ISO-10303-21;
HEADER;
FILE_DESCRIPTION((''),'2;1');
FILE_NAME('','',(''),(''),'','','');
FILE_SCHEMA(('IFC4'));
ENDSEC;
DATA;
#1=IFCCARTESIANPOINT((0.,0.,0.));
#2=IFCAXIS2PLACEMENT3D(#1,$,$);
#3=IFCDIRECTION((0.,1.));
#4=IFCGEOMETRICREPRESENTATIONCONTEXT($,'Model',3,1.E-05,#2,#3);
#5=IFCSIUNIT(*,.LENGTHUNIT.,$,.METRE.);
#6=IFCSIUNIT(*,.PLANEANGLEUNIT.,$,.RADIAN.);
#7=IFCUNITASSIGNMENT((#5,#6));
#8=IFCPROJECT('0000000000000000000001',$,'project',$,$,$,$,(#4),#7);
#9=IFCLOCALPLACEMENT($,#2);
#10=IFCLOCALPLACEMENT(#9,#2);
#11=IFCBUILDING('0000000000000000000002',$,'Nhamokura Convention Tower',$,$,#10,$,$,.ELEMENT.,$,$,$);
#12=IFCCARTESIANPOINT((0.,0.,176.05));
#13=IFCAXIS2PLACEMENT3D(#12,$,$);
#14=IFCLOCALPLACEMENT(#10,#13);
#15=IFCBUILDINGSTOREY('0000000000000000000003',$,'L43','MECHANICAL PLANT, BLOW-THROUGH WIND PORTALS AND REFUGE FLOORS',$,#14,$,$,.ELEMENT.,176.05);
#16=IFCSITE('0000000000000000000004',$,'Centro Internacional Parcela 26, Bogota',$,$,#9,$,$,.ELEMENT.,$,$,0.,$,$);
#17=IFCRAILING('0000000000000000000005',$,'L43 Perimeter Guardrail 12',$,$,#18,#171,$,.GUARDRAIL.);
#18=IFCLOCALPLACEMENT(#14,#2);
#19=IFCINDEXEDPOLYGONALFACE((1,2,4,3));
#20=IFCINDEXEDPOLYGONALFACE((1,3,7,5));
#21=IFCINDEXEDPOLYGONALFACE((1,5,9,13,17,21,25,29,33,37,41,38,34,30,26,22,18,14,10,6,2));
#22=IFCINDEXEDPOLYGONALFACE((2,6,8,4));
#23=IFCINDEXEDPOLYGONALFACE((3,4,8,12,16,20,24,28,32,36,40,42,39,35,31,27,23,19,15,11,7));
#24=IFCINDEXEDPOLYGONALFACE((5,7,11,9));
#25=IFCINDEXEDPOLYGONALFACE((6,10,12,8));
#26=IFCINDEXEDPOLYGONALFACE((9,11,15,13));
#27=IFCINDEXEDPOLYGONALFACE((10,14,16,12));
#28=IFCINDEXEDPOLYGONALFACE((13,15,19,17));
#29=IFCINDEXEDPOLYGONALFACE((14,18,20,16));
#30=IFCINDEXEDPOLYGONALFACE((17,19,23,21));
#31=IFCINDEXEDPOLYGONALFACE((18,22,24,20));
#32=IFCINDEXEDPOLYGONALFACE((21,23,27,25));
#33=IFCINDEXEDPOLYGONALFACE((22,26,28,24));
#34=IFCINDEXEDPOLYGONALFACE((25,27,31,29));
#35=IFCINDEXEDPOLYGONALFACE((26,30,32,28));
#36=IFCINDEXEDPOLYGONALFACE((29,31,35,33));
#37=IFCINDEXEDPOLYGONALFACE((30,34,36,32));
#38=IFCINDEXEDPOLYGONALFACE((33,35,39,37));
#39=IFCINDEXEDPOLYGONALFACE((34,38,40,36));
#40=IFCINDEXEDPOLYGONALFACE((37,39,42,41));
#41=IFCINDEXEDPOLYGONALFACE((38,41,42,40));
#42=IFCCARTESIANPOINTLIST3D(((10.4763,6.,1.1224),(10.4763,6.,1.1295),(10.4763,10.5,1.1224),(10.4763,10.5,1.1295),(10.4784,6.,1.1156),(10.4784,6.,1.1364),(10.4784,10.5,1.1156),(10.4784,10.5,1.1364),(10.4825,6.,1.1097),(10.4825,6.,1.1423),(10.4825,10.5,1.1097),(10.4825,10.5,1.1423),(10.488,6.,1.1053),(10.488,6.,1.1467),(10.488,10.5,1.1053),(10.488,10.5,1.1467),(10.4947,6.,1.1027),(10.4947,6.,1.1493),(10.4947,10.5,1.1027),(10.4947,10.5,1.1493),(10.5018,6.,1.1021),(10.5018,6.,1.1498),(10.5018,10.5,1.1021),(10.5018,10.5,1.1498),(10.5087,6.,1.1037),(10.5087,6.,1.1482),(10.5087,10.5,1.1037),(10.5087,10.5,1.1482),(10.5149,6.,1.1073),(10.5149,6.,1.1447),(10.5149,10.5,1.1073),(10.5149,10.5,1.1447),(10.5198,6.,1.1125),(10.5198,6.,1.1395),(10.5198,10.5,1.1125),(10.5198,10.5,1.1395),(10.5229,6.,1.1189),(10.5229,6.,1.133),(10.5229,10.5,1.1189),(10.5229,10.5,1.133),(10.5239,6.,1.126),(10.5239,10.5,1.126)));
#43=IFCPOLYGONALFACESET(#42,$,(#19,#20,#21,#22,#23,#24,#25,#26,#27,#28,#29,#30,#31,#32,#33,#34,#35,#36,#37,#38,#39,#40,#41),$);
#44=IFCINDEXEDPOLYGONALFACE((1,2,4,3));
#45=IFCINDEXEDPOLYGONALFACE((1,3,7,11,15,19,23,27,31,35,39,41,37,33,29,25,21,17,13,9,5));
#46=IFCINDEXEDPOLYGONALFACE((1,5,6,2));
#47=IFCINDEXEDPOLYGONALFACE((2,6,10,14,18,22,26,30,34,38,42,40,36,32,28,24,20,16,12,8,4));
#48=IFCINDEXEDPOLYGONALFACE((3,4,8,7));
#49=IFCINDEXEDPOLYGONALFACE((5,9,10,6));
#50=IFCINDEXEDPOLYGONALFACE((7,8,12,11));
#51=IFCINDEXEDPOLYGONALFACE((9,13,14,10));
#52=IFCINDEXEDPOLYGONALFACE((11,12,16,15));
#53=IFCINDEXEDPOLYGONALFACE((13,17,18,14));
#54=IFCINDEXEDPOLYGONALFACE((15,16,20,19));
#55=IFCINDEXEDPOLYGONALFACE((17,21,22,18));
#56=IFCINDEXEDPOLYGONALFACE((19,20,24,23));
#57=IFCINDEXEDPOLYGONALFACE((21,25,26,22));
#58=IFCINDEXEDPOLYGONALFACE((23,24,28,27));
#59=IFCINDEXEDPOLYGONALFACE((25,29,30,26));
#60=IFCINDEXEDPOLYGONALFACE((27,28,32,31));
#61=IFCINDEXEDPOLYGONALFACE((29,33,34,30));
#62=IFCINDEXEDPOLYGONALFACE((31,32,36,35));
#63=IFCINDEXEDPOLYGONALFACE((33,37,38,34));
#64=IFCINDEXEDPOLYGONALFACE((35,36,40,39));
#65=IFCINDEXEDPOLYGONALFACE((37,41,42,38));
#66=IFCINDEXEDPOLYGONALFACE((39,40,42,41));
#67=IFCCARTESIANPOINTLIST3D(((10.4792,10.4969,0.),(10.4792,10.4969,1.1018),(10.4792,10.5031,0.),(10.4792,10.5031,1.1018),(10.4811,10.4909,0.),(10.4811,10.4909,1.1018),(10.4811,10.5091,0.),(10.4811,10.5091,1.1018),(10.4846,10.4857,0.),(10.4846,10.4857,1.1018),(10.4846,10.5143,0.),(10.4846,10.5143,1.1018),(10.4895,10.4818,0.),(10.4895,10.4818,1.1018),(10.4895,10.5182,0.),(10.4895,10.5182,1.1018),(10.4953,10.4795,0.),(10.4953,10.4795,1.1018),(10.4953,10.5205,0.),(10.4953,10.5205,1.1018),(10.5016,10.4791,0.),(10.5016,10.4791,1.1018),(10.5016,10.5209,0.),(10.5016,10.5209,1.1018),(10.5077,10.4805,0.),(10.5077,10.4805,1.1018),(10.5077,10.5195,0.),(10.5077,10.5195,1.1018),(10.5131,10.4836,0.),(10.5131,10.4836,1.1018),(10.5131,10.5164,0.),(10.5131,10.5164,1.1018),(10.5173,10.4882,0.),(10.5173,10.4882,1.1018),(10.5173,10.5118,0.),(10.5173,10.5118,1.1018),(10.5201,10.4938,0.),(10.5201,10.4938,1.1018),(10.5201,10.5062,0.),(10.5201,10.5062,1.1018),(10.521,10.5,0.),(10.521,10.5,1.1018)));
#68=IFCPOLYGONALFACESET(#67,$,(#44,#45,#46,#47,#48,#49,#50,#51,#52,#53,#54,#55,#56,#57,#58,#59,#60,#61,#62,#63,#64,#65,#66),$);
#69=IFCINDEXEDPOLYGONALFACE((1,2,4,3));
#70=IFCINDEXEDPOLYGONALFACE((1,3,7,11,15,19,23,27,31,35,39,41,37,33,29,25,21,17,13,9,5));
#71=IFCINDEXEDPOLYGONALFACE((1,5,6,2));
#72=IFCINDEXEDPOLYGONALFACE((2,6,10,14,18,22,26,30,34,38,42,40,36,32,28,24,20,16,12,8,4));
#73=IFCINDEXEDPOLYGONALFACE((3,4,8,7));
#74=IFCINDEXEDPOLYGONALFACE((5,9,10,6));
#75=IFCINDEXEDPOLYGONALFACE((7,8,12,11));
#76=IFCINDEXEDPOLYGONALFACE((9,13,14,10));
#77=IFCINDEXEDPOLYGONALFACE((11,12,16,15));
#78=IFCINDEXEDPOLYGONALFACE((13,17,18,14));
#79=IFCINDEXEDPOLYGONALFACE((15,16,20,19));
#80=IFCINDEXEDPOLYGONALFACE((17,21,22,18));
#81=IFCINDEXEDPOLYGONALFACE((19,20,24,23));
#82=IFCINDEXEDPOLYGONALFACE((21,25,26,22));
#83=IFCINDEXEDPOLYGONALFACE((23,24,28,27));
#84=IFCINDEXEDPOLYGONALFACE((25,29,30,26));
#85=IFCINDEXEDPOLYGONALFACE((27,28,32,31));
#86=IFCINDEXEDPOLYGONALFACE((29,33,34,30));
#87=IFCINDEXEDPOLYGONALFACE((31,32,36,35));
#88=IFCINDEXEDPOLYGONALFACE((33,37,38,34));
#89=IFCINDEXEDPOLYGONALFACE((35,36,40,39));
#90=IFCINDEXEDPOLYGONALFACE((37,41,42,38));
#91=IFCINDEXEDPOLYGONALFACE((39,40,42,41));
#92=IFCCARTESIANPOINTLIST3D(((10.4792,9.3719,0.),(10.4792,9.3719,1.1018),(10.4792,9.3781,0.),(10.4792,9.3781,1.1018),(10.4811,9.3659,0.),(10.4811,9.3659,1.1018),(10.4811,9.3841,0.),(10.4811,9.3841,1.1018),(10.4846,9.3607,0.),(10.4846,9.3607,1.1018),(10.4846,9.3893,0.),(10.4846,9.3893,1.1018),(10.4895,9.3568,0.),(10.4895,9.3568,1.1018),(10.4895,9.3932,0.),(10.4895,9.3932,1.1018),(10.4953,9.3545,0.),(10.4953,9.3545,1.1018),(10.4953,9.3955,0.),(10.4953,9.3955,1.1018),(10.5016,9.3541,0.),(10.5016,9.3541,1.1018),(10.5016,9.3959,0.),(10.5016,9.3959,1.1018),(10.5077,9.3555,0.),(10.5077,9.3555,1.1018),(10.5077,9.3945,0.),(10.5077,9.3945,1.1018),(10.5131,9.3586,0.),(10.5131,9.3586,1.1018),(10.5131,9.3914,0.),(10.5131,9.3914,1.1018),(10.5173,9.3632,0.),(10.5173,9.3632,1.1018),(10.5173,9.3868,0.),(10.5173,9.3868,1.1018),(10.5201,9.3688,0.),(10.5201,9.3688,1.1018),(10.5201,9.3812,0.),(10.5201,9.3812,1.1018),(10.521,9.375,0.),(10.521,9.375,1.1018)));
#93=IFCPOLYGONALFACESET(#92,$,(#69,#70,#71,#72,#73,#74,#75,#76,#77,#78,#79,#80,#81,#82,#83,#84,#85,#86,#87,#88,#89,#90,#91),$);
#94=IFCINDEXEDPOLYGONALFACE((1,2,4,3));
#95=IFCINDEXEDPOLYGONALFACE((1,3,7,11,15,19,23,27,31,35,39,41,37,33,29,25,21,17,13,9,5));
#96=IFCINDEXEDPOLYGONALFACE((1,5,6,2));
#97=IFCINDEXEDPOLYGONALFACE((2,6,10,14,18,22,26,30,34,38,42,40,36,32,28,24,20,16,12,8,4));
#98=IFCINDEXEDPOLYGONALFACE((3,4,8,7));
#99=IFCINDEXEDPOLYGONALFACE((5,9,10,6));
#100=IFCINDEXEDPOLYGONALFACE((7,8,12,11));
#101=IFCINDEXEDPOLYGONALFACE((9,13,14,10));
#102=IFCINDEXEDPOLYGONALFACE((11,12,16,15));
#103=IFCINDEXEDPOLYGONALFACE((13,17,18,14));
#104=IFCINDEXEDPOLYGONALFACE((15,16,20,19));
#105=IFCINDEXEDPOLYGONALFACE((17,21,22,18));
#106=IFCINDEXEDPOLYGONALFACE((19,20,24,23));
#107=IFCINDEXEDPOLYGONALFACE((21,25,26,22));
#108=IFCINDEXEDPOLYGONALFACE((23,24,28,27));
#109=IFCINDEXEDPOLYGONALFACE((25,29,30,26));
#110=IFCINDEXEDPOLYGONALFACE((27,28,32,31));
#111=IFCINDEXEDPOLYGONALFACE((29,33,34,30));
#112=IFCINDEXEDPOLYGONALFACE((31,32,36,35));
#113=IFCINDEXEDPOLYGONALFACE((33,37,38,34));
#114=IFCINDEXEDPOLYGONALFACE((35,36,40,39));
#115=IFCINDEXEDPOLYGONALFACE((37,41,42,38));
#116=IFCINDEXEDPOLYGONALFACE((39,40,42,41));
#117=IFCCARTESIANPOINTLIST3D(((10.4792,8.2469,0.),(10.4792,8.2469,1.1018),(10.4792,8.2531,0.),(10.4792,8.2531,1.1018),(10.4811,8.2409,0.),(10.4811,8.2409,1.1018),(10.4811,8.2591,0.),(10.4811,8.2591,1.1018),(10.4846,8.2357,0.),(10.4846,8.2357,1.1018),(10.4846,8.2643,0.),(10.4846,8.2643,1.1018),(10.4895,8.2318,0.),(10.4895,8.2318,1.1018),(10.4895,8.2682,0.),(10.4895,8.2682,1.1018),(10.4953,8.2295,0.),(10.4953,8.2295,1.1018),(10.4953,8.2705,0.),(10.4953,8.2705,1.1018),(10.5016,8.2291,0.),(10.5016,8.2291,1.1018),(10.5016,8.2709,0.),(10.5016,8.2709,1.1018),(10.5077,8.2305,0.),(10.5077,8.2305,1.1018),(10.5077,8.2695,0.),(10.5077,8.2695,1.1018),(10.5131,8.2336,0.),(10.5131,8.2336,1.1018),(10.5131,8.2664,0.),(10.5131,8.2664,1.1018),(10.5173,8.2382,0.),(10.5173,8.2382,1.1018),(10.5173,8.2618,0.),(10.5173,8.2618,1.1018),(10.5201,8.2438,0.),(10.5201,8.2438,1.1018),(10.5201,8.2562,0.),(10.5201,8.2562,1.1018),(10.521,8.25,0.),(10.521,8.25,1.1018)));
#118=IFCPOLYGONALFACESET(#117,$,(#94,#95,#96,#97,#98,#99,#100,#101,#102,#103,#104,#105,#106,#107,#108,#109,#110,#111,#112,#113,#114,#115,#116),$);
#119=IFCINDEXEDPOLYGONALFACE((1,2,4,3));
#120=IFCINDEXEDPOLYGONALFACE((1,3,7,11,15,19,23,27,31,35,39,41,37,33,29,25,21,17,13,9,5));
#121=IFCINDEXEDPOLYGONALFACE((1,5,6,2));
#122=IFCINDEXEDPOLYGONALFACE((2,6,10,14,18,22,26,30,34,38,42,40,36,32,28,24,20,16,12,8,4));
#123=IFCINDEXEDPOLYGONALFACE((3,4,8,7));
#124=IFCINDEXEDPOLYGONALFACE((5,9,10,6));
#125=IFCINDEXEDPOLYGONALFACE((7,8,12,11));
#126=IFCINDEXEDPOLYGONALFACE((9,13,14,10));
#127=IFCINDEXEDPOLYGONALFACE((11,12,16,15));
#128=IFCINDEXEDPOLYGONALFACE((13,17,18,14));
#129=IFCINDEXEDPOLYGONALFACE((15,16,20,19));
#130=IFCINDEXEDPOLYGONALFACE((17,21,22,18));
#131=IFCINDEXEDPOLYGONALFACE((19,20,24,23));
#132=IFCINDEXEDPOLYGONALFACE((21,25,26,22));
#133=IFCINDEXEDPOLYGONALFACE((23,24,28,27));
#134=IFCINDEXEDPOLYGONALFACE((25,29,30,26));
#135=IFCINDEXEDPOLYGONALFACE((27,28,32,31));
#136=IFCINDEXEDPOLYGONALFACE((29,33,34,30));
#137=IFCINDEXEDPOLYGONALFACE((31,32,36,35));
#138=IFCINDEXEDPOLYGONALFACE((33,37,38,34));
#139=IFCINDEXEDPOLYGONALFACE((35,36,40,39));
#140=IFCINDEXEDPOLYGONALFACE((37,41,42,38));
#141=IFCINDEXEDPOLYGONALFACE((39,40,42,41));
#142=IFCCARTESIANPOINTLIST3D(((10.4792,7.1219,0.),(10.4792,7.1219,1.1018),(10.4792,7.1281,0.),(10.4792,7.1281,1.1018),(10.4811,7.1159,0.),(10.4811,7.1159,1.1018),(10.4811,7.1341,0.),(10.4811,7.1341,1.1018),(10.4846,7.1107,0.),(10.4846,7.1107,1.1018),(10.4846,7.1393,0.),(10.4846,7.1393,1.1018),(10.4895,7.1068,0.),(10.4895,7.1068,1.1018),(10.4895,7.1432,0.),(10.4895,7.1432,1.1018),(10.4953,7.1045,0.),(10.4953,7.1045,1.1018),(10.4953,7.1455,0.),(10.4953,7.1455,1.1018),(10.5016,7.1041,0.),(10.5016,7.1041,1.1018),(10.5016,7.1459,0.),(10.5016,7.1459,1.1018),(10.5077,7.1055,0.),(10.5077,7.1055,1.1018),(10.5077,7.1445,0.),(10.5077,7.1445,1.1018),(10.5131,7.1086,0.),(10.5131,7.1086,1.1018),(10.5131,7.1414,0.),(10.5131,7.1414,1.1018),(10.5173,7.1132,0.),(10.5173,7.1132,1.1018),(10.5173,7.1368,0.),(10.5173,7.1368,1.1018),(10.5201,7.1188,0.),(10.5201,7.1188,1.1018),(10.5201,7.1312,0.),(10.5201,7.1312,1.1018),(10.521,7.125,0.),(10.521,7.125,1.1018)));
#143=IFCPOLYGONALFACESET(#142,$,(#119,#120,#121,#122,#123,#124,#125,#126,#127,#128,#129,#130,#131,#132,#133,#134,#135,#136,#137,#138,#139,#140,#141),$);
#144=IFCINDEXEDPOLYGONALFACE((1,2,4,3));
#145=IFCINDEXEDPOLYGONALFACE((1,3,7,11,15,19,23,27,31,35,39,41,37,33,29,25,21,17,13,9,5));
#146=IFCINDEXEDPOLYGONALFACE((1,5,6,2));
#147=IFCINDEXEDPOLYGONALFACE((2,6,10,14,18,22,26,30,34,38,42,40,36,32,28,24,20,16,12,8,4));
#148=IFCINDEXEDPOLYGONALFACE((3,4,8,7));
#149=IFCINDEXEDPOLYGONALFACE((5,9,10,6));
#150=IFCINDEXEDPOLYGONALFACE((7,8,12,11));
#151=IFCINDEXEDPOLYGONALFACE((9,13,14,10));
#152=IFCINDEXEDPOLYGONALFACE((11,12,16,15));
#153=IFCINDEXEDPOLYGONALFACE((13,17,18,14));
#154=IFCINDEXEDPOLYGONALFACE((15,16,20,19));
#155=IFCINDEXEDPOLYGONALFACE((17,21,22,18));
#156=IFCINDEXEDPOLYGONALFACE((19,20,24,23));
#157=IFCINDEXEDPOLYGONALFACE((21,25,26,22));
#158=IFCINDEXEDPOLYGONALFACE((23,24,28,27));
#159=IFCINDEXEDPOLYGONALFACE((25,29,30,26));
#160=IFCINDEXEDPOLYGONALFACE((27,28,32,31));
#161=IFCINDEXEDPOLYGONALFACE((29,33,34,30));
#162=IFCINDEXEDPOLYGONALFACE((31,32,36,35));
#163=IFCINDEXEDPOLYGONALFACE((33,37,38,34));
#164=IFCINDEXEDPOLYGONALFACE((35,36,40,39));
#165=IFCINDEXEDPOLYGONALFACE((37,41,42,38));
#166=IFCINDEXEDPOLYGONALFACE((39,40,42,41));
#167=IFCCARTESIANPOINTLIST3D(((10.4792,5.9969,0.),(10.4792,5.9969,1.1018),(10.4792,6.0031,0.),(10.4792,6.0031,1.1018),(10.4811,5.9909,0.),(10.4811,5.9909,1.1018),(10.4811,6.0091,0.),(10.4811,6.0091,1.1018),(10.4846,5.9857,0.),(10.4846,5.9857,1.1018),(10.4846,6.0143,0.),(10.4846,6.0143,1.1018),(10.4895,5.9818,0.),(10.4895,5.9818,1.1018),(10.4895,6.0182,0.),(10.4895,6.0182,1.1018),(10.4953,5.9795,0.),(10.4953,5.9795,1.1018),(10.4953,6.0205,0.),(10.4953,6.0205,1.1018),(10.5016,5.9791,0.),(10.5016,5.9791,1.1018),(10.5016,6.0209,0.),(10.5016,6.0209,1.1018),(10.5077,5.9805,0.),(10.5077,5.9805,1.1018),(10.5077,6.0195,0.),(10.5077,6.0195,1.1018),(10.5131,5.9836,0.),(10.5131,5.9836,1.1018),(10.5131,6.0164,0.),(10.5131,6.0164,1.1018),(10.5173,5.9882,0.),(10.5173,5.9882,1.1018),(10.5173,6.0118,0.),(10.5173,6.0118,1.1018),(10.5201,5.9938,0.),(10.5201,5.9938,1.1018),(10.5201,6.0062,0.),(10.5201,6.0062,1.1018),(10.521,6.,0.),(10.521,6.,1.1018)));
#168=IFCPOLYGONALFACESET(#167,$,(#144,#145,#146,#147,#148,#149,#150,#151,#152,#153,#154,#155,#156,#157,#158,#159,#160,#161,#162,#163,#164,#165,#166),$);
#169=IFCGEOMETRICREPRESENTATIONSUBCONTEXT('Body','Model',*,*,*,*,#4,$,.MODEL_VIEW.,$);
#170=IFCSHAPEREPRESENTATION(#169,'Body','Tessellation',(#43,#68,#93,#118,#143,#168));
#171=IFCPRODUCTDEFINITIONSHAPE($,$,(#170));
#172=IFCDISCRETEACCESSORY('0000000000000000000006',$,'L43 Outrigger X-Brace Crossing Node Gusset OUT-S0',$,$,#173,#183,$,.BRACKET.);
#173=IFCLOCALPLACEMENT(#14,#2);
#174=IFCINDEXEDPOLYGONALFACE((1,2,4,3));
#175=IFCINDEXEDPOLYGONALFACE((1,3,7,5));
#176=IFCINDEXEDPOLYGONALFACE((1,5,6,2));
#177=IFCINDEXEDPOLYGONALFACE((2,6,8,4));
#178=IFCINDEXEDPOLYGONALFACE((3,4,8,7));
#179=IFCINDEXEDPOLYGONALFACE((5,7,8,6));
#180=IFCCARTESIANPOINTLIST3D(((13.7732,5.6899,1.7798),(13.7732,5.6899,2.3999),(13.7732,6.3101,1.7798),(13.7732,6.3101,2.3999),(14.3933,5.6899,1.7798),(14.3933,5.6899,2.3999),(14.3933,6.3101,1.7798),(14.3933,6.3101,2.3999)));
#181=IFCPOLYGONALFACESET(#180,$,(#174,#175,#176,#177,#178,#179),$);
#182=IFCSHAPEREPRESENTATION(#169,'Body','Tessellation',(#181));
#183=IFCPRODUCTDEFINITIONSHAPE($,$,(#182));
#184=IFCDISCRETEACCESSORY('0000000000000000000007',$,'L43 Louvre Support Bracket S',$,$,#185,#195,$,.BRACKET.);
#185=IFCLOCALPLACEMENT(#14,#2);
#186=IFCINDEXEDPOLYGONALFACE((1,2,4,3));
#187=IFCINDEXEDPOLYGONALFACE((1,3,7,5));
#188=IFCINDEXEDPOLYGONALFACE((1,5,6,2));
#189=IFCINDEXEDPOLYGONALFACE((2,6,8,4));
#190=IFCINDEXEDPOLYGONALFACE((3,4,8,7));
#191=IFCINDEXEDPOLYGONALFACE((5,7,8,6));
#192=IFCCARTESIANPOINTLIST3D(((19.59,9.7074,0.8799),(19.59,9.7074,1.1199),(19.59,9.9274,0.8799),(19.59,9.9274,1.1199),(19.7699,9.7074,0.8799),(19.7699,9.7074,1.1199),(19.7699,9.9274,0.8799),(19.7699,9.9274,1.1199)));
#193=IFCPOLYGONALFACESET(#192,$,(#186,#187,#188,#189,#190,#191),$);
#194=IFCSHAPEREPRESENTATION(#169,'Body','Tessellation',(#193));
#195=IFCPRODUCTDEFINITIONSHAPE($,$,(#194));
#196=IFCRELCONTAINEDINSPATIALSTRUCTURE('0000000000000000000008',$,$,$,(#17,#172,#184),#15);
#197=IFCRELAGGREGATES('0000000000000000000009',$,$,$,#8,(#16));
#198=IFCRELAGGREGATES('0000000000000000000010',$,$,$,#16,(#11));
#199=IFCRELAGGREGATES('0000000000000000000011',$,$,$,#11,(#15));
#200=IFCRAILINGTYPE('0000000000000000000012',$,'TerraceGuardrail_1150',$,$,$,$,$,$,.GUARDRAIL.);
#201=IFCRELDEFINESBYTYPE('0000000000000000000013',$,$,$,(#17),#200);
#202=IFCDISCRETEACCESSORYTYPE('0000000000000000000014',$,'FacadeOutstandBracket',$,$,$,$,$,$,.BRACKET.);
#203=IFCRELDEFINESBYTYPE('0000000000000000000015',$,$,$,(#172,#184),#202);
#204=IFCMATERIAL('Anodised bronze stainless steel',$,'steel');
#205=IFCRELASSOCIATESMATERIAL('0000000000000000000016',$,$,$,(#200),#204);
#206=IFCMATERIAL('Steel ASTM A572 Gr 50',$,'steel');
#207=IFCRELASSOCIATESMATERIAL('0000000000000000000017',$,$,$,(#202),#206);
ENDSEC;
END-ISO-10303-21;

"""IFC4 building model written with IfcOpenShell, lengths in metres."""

from ifc_helpers import new_model, si_unit, direction, frame, origin, origin_2d, place, context, subcontext, project, spatial, rectangle, circle, extrude, material, type_object, element, save


model = new_model("IFC4")

# Units and contexts
model_context = context("Model", 3, precision=1e-05, world=origin(), true_north=direction((0.0, 1.0)))
body_context = subcontext(model_context, "Body", "Model", "MODEL_VIEW")
ifc_project = project(units=[si_unit("LENGTHUNIT", "METRE"), si_unit("PLANEANGLEUNIT", "RADIAN")], contexts=[model_context])

# Site, building, storey
site_placement = place(None, origin())
site = spatial("IfcSite", under=ifc_project, at=site_placement, Name="Centro Internacional Parcela 26, Bogota", CompositionType="ELEMENT", RefElevation=0.0)
building_placement = place(site_placement, origin())
building = spatial("IfcBuilding", under=site, at=building_placement, Name="Nhamokura Convention Tower", CompositionType="ELEMENT")
storey_placement = place(building_placement, frame((0.0, 0.0, 176.05)))
storey = spatial("IfcBuildingStorey", under=building, at=storey_placement, Name="L43", Description="MECHANICAL PLANT, BLOW-THROUGH WIND PORTALS AND REFUGE FLOORS", CompositionType="ELEMENT", Elevation=176.05)

# Railing
ifc_material_1 = material(Name="Anodised bronze stainless steel", Category="steel")
railing_type = type_object("IfcRailingType", Name="TerraceGuardrail_1150", PredefinedType="GUARDRAIL", material=ifc_material_1)
railing_1_placement = place(storey_placement, frame((10.5, 10.5, 0.0)))
element("IfcRailing", 1, at=railing_1_placement, inside=storey, type_object=railing_type, Name="L43 Perimeter Guardrail 12", PredefinedType="GUARDRAIL", context=body_context, shape_type="SweptSolid", body=[
    extrude(circle(Radius=0.0239, at=origin_2d()), frame((0.0, 0.0, 1.126), z_axis=(0.0, -1.0, 0.0), x_axis=(1.0, 0.0, 0.0)), (0.0, 0.0, 1.0), 4.5),
    extrude(circle(Radius=0.021, at=origin_2d()), origin(), (0.0, 0.0, 1.0), 1.1018),
    extrude(circle(Radius=0.021, at=origin_2d()), frame((0.0, -1.125, 0.0)), (0.0, 0.0, 1.0), 1.1018),
    extrude(circle(Radius=0.021, at=origin_2d()), frame((0.0, -2.25, 0.0)), (0.0, 0.0, 1.0), 1.1018),
    extrude(circle(Radius=0.021, at=origin_2d()), frame((0.0, -3.375, 0.0)), (0.0, 0.0, 1.0), 1.1018),
    extrude(circle(Radius=0.021, at=origin_2d()), frame((0.0, -4.5, 0.0)), (0.0, 0.0, 1.0), 1.1018),
])

# Discrete accessories
ifc_material_2 = material(Name="Steel ASTM A572 Gr 50", Category="steel")
discrete_accessory_type = type_object("IfcDiscreteAccessoryType", Name="FacadeOutstandBracket", PredefinedType="BRACKET", material=ifc_material_2)
discrete_accessory_1_placement = place(storey_placement, frame((14.0833, 6.0, 1.7798), z_axis=(0.0, 0.0, 1.0), x_axis=(1.0, 0.0, 0.0)))
element("IfcDiscreteAccessory", 2, at=discrete_accessory_1_placement, inside=storey, type_object=discrete_accessory_type, Name="L43 Outrigger X-Brace Crossing Node Gusset OUT-S0", PredefinedType="BRACKET", context=body_context, shape_type="SweptSolid", body=[
    extrude(rectangle(XDim=0.6201, YDim=0.6201, at=origin_2d()), origin(), (0.0, 0.0, 1.0), 0.6201),
])
discrete_accessory_2_placement = place(storey_placement, frame((19.6799, 9.8174, 0.8799), z_axis=(0.0, 0.0, 1.0), x_axis=(-1.0, 0.0, 0.0)))
element("IfcDiscreteAccessory", 3, at=discrete_accessory_2_placement, inside=storey, type_object=discrete_accessory_type, Name="L43 Louvre Support Bracket S", PredefinedType="BRACKET", context=body_context, shape_type="SweptSolid", body=[
    extrude(rectangle(XDim=0.1799, YDim=0.22, at=origin_2d()), origin(), (0.0, 0.0, 1.0), 0.24),
])

save(model, "model.ifc")
